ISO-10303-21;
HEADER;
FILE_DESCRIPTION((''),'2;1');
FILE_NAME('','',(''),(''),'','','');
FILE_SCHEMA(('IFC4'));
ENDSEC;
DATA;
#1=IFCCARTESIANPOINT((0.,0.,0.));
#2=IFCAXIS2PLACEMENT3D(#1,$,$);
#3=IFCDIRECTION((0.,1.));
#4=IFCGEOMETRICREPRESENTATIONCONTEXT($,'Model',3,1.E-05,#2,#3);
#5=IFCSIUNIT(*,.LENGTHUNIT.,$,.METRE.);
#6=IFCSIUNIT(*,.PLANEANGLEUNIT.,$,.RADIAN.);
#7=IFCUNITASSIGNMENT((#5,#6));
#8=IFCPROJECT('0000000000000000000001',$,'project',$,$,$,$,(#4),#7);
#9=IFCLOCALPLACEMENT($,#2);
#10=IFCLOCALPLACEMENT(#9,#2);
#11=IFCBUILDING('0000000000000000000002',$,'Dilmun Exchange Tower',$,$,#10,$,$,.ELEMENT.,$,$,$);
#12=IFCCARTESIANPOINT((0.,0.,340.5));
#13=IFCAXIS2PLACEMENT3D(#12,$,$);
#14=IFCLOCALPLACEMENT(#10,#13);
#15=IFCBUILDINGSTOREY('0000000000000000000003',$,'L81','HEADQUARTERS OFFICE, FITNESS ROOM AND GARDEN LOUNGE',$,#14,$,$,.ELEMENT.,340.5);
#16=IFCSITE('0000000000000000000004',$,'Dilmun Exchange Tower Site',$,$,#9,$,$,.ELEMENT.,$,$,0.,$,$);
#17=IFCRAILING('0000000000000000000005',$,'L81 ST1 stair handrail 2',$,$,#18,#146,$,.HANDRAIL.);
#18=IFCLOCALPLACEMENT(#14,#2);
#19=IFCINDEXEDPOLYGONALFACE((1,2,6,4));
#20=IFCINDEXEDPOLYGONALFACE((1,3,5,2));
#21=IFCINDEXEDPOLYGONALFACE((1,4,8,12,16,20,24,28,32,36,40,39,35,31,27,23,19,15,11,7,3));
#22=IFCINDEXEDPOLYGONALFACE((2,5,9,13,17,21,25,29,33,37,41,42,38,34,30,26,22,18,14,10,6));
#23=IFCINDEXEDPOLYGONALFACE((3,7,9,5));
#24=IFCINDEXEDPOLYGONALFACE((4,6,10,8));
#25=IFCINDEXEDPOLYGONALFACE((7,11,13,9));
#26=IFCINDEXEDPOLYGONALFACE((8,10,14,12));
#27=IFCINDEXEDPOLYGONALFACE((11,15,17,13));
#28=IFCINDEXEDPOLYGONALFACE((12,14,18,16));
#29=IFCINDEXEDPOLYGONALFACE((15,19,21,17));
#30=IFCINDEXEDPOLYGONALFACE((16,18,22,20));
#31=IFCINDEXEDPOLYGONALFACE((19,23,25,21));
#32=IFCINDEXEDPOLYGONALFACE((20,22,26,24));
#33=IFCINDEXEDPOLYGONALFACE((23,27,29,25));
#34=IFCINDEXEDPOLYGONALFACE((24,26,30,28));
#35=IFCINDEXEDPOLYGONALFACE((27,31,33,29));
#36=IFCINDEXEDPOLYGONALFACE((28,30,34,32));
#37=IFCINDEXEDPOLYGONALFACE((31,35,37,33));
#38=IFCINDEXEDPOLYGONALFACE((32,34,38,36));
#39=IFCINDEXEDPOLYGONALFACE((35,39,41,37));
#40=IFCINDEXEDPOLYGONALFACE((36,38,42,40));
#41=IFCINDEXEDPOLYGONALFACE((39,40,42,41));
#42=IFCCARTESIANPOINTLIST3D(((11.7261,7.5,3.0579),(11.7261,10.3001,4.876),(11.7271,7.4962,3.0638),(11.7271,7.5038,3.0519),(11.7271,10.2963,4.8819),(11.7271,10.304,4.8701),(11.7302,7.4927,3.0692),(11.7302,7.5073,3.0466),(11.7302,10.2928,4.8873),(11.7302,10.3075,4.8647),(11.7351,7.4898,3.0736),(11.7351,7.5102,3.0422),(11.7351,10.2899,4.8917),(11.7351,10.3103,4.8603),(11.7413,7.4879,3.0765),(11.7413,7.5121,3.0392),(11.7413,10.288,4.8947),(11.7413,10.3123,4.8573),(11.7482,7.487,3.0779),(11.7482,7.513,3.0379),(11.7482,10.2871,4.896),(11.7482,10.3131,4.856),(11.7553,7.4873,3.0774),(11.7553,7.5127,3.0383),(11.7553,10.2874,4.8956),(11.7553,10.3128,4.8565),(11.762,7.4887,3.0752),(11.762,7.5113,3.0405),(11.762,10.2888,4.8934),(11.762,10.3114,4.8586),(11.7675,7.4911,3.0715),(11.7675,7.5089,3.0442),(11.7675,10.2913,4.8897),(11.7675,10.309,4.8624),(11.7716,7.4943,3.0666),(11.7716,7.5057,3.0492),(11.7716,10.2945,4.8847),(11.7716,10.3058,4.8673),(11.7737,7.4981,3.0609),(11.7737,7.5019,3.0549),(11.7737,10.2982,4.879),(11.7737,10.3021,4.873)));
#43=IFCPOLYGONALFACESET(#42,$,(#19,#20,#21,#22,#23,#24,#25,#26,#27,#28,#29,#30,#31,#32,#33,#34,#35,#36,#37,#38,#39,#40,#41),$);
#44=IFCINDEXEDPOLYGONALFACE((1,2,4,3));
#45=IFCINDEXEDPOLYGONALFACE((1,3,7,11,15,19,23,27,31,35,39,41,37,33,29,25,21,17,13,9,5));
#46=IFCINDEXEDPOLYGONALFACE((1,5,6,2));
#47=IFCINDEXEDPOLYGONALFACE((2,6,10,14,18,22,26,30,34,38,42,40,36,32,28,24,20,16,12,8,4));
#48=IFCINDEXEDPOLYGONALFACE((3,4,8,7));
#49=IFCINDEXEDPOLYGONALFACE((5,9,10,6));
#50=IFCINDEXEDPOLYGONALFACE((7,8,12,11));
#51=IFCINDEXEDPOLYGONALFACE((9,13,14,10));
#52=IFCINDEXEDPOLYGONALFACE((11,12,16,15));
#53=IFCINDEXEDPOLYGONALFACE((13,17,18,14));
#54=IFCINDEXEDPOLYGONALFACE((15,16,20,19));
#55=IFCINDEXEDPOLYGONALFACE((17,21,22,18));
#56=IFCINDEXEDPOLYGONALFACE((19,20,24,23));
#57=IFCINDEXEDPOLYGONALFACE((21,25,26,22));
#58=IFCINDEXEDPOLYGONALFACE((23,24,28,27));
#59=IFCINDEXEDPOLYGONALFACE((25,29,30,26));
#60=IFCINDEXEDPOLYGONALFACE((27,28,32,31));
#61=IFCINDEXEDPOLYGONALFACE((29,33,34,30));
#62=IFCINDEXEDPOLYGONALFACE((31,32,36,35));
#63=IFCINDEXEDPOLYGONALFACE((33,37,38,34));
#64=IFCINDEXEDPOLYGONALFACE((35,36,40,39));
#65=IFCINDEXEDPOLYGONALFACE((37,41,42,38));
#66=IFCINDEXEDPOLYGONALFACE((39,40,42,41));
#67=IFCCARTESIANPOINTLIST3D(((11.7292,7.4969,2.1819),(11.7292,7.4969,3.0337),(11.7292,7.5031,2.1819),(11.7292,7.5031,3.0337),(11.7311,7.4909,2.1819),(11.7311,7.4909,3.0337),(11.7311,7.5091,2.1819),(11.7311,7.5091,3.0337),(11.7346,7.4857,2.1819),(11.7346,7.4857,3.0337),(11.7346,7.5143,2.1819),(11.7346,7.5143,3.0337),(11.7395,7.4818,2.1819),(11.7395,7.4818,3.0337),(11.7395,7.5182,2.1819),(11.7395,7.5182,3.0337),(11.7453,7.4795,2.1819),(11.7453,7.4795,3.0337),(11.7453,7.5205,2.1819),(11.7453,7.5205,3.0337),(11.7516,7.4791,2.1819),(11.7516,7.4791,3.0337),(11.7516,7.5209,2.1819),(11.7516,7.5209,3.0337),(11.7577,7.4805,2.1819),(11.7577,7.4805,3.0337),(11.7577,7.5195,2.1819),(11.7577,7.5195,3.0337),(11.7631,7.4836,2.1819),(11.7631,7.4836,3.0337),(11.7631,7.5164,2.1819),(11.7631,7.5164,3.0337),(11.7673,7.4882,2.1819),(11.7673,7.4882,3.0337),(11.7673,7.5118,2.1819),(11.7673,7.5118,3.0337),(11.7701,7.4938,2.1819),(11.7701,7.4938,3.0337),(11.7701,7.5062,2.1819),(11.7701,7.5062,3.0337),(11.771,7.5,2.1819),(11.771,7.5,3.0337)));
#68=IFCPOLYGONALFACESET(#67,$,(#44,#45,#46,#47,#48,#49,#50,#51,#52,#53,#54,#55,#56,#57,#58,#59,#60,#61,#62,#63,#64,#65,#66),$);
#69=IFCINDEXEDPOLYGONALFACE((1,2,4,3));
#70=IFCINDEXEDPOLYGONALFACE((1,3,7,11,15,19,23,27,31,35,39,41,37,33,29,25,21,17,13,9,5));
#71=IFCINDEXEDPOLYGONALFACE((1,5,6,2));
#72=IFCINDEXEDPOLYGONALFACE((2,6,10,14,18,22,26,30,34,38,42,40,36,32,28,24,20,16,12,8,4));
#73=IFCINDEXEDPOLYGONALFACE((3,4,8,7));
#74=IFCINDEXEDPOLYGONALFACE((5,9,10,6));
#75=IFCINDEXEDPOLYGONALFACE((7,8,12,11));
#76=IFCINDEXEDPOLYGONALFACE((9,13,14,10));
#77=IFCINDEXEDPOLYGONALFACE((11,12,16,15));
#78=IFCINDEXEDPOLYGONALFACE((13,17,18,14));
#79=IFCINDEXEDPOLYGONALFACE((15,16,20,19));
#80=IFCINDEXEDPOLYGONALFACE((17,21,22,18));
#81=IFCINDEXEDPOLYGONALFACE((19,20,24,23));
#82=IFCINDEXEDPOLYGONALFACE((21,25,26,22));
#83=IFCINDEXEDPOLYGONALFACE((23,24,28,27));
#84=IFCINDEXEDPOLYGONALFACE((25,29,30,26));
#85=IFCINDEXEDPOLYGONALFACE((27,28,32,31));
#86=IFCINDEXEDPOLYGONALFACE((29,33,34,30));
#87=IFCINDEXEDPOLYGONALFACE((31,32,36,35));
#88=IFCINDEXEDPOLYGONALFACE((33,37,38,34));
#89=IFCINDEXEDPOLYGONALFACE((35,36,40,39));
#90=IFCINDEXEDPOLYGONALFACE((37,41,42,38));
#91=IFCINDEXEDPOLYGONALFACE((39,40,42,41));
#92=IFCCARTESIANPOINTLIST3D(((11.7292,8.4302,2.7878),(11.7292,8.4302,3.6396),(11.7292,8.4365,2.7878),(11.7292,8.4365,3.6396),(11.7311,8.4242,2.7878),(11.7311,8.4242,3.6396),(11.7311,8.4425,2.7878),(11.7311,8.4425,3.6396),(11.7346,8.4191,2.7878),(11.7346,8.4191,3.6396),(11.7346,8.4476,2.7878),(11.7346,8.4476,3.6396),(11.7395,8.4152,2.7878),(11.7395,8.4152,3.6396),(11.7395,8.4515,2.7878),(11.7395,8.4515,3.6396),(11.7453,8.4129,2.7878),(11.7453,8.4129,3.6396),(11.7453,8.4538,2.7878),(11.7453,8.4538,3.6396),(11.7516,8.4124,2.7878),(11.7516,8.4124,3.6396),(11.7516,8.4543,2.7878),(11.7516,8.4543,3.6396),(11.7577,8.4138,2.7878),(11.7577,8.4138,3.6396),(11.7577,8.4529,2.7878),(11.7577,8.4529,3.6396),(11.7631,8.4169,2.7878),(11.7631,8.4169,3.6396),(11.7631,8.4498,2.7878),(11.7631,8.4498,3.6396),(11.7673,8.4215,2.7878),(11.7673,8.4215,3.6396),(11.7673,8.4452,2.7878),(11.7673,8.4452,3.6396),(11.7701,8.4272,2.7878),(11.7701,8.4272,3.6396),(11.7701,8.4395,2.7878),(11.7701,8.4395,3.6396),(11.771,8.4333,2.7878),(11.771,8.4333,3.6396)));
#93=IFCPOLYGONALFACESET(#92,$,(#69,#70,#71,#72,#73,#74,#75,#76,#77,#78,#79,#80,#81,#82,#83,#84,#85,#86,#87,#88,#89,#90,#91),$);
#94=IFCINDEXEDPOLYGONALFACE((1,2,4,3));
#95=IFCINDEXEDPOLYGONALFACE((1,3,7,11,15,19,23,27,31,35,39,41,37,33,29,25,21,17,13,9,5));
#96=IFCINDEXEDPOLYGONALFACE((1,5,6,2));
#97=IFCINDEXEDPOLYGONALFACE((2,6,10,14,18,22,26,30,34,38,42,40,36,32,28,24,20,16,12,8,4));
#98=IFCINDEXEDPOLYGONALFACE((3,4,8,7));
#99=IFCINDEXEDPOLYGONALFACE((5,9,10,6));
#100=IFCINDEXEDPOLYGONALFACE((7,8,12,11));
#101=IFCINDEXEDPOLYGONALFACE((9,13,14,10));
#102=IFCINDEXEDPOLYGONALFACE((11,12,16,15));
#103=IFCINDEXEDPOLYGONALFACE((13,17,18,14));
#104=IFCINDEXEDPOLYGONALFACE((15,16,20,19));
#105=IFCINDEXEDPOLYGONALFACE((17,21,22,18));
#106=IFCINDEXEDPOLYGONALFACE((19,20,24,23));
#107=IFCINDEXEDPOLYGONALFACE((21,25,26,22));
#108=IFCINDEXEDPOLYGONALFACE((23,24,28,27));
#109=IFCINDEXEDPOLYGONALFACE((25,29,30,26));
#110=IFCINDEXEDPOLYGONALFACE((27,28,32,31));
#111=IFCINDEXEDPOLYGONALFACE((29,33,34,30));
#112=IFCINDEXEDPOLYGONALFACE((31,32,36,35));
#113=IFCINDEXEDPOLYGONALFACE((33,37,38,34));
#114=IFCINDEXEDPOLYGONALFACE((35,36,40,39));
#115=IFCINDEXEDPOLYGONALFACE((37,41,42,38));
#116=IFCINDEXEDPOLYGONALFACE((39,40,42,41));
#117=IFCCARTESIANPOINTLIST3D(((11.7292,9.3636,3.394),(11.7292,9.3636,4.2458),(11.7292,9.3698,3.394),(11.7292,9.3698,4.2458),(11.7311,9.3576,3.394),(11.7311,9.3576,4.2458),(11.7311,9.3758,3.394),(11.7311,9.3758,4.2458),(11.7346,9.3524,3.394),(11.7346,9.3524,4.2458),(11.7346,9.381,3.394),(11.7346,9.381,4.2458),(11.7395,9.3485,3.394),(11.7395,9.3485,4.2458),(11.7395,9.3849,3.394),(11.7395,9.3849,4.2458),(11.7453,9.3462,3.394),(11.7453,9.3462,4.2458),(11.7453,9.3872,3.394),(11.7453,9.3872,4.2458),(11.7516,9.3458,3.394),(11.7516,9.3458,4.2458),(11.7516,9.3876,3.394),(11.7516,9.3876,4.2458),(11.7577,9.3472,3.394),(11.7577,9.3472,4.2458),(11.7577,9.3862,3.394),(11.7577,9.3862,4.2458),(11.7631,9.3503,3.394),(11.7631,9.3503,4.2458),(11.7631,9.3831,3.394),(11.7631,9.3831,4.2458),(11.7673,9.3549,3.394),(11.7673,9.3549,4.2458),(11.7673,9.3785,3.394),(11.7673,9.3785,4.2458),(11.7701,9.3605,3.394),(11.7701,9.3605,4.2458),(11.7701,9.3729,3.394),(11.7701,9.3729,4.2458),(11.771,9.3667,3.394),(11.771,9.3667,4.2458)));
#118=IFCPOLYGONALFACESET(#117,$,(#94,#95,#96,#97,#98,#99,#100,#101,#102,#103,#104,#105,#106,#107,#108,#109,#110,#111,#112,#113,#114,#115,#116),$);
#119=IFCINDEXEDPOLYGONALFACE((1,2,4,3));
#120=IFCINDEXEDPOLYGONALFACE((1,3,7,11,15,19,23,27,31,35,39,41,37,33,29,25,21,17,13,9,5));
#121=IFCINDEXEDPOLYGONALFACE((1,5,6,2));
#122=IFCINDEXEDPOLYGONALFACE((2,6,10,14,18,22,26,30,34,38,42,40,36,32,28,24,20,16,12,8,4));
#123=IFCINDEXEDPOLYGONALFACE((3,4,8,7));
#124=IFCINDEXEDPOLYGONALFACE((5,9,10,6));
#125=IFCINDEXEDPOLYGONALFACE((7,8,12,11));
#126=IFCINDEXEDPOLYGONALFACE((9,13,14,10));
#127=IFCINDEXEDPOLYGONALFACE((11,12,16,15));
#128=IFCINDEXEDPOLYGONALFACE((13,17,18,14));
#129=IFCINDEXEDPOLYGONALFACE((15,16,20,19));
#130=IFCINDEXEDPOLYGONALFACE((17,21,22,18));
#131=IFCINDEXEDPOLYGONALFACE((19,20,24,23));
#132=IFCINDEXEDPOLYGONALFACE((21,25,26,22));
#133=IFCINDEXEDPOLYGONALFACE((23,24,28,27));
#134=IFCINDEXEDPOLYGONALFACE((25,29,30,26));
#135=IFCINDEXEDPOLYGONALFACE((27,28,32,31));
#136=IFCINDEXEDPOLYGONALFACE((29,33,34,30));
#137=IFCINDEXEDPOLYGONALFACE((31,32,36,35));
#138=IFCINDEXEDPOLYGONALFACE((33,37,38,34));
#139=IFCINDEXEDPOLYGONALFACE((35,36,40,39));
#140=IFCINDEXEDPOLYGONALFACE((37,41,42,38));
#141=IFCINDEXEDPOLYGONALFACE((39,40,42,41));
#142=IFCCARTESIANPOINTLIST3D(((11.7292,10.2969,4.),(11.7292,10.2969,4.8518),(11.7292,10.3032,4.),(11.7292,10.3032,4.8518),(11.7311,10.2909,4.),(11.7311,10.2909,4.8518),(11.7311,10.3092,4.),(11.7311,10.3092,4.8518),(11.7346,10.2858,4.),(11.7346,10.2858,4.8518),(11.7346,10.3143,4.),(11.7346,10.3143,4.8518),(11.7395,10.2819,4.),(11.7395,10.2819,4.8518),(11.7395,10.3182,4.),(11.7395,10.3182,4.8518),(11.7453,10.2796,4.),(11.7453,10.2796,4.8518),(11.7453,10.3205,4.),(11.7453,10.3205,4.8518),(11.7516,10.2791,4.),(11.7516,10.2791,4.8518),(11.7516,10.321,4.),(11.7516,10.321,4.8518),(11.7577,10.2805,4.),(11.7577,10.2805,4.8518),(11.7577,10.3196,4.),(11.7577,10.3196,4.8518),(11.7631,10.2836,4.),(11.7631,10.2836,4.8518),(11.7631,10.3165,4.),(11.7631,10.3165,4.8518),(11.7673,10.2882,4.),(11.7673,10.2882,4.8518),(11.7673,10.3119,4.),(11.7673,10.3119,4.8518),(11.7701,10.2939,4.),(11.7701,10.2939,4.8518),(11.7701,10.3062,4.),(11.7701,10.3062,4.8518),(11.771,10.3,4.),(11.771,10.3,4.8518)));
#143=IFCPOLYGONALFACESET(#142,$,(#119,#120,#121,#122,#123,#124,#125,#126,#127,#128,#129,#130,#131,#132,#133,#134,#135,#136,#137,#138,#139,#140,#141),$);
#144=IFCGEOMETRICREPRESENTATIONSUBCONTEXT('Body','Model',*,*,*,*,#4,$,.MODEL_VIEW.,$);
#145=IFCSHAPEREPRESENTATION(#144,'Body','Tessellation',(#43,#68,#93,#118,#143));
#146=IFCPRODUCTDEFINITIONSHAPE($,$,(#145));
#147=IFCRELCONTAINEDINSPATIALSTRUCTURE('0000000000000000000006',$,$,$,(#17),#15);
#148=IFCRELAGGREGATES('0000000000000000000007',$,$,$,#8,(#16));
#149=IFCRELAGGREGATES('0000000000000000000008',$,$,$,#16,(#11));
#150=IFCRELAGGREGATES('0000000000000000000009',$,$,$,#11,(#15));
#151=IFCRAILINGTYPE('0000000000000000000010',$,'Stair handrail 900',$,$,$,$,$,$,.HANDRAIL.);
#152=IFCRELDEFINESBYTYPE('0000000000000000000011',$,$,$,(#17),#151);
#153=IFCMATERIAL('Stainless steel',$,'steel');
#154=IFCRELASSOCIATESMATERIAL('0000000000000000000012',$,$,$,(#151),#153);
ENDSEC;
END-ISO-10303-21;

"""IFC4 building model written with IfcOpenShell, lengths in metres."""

from ifc_helpers import new_model, si_unit, direction, frame, origin, origin_2d, place, context, subcontext, project, spatial, circle, extrude, material, type_object, element, save


model = new_model("IFC4")

# Units and contexts
model_context = context("Model", 3, precision=1e-05, world=origin(), true_north=direction((0.0, 1.0)))
body_context = subcontext(model_context, "Body", "Model", "MODEL_VIEW")
ifc_project = project(units=[si_unit("LENGTHUNIT", "METRE"), si_unit("PLANEANGLEUNIT", "RADIAN")], contexts=[model_context])

# Site, building, storey
site_placement = place(None, origin())
site = spatial("IfcSite", under=ifc_project, at=site_placement, Name="Dilmun Exchange Tower Site", CompositionType="ELEMENT", RefElevation=0.0)
building_placement = place(site_placement, origin())
building = spatial("IfcBuilding", under=site, at=building_placement, Name="Dilmun Exchange Tower", CompositionType="ELEMENT")
storey_placement = place(building_placement, frame((0.0, 0.0, 340.5)))
storey = spatial("IfcBuildingStorey", under=building, at=storey_placement, Name="L81", Description="HEADQUARTERS OFFICE, FITNESS ROOM AND GARDEN LOUNGE", CompositionType="ELEMENT", Elevation=340.5)

# Railing
ifc_material_1 = material(Name="Stainless steel", Category="steel")
railing_type = type_object("IfcRailingType", Name="Stair handrail 900", PredefinedType="HANDRAIL", material=ifc_material_1)
railing_1_placement = place(storey_placement, frame((11.75, 7.5, 2.1819)))
element("IfcRailing", 1, at=railing_1_placement, inside=storey, type_object=railing_type, Name="L81 ST1 stair handrail 2", PredefinedType="HANDRAIL", context=body_context, shape_type="SweptSolid", body=[
    extrude(circle(Radius=0.0239, at=origin_2d()), frame((0.0, 0.0, 0.876), z_axis=(0.0, 0.838706, 0.544585), x_axis=(-1.0, 0.0, 0.0)), (0.0, 0.0, 1.0), 3.3386),
    extrude(circle(Radius=0.021, at=origin_2d()), origin(), (0.0, 0.0, 1.0), 0.8518),
    extrude(circle(Radius=0.021, at=origin_2d()), frame((0.0, 0.9333, 0.606)), (0.0, 0.0, 1.0), 0.8518),
    extrude(circle(Radius=0.021, at=origin_2d()), frame((0.0, 1.8667, 1.2122)), (0.0, 0.0, 1.0), 0.8518),
    extrude(circle(Radius=0.021, at=origin_2d()), frame((0.0, 2.8, 1.8181)), (0.0, 0.0, 1.0), 0.8518),
])

save(model, "model.ifc")
